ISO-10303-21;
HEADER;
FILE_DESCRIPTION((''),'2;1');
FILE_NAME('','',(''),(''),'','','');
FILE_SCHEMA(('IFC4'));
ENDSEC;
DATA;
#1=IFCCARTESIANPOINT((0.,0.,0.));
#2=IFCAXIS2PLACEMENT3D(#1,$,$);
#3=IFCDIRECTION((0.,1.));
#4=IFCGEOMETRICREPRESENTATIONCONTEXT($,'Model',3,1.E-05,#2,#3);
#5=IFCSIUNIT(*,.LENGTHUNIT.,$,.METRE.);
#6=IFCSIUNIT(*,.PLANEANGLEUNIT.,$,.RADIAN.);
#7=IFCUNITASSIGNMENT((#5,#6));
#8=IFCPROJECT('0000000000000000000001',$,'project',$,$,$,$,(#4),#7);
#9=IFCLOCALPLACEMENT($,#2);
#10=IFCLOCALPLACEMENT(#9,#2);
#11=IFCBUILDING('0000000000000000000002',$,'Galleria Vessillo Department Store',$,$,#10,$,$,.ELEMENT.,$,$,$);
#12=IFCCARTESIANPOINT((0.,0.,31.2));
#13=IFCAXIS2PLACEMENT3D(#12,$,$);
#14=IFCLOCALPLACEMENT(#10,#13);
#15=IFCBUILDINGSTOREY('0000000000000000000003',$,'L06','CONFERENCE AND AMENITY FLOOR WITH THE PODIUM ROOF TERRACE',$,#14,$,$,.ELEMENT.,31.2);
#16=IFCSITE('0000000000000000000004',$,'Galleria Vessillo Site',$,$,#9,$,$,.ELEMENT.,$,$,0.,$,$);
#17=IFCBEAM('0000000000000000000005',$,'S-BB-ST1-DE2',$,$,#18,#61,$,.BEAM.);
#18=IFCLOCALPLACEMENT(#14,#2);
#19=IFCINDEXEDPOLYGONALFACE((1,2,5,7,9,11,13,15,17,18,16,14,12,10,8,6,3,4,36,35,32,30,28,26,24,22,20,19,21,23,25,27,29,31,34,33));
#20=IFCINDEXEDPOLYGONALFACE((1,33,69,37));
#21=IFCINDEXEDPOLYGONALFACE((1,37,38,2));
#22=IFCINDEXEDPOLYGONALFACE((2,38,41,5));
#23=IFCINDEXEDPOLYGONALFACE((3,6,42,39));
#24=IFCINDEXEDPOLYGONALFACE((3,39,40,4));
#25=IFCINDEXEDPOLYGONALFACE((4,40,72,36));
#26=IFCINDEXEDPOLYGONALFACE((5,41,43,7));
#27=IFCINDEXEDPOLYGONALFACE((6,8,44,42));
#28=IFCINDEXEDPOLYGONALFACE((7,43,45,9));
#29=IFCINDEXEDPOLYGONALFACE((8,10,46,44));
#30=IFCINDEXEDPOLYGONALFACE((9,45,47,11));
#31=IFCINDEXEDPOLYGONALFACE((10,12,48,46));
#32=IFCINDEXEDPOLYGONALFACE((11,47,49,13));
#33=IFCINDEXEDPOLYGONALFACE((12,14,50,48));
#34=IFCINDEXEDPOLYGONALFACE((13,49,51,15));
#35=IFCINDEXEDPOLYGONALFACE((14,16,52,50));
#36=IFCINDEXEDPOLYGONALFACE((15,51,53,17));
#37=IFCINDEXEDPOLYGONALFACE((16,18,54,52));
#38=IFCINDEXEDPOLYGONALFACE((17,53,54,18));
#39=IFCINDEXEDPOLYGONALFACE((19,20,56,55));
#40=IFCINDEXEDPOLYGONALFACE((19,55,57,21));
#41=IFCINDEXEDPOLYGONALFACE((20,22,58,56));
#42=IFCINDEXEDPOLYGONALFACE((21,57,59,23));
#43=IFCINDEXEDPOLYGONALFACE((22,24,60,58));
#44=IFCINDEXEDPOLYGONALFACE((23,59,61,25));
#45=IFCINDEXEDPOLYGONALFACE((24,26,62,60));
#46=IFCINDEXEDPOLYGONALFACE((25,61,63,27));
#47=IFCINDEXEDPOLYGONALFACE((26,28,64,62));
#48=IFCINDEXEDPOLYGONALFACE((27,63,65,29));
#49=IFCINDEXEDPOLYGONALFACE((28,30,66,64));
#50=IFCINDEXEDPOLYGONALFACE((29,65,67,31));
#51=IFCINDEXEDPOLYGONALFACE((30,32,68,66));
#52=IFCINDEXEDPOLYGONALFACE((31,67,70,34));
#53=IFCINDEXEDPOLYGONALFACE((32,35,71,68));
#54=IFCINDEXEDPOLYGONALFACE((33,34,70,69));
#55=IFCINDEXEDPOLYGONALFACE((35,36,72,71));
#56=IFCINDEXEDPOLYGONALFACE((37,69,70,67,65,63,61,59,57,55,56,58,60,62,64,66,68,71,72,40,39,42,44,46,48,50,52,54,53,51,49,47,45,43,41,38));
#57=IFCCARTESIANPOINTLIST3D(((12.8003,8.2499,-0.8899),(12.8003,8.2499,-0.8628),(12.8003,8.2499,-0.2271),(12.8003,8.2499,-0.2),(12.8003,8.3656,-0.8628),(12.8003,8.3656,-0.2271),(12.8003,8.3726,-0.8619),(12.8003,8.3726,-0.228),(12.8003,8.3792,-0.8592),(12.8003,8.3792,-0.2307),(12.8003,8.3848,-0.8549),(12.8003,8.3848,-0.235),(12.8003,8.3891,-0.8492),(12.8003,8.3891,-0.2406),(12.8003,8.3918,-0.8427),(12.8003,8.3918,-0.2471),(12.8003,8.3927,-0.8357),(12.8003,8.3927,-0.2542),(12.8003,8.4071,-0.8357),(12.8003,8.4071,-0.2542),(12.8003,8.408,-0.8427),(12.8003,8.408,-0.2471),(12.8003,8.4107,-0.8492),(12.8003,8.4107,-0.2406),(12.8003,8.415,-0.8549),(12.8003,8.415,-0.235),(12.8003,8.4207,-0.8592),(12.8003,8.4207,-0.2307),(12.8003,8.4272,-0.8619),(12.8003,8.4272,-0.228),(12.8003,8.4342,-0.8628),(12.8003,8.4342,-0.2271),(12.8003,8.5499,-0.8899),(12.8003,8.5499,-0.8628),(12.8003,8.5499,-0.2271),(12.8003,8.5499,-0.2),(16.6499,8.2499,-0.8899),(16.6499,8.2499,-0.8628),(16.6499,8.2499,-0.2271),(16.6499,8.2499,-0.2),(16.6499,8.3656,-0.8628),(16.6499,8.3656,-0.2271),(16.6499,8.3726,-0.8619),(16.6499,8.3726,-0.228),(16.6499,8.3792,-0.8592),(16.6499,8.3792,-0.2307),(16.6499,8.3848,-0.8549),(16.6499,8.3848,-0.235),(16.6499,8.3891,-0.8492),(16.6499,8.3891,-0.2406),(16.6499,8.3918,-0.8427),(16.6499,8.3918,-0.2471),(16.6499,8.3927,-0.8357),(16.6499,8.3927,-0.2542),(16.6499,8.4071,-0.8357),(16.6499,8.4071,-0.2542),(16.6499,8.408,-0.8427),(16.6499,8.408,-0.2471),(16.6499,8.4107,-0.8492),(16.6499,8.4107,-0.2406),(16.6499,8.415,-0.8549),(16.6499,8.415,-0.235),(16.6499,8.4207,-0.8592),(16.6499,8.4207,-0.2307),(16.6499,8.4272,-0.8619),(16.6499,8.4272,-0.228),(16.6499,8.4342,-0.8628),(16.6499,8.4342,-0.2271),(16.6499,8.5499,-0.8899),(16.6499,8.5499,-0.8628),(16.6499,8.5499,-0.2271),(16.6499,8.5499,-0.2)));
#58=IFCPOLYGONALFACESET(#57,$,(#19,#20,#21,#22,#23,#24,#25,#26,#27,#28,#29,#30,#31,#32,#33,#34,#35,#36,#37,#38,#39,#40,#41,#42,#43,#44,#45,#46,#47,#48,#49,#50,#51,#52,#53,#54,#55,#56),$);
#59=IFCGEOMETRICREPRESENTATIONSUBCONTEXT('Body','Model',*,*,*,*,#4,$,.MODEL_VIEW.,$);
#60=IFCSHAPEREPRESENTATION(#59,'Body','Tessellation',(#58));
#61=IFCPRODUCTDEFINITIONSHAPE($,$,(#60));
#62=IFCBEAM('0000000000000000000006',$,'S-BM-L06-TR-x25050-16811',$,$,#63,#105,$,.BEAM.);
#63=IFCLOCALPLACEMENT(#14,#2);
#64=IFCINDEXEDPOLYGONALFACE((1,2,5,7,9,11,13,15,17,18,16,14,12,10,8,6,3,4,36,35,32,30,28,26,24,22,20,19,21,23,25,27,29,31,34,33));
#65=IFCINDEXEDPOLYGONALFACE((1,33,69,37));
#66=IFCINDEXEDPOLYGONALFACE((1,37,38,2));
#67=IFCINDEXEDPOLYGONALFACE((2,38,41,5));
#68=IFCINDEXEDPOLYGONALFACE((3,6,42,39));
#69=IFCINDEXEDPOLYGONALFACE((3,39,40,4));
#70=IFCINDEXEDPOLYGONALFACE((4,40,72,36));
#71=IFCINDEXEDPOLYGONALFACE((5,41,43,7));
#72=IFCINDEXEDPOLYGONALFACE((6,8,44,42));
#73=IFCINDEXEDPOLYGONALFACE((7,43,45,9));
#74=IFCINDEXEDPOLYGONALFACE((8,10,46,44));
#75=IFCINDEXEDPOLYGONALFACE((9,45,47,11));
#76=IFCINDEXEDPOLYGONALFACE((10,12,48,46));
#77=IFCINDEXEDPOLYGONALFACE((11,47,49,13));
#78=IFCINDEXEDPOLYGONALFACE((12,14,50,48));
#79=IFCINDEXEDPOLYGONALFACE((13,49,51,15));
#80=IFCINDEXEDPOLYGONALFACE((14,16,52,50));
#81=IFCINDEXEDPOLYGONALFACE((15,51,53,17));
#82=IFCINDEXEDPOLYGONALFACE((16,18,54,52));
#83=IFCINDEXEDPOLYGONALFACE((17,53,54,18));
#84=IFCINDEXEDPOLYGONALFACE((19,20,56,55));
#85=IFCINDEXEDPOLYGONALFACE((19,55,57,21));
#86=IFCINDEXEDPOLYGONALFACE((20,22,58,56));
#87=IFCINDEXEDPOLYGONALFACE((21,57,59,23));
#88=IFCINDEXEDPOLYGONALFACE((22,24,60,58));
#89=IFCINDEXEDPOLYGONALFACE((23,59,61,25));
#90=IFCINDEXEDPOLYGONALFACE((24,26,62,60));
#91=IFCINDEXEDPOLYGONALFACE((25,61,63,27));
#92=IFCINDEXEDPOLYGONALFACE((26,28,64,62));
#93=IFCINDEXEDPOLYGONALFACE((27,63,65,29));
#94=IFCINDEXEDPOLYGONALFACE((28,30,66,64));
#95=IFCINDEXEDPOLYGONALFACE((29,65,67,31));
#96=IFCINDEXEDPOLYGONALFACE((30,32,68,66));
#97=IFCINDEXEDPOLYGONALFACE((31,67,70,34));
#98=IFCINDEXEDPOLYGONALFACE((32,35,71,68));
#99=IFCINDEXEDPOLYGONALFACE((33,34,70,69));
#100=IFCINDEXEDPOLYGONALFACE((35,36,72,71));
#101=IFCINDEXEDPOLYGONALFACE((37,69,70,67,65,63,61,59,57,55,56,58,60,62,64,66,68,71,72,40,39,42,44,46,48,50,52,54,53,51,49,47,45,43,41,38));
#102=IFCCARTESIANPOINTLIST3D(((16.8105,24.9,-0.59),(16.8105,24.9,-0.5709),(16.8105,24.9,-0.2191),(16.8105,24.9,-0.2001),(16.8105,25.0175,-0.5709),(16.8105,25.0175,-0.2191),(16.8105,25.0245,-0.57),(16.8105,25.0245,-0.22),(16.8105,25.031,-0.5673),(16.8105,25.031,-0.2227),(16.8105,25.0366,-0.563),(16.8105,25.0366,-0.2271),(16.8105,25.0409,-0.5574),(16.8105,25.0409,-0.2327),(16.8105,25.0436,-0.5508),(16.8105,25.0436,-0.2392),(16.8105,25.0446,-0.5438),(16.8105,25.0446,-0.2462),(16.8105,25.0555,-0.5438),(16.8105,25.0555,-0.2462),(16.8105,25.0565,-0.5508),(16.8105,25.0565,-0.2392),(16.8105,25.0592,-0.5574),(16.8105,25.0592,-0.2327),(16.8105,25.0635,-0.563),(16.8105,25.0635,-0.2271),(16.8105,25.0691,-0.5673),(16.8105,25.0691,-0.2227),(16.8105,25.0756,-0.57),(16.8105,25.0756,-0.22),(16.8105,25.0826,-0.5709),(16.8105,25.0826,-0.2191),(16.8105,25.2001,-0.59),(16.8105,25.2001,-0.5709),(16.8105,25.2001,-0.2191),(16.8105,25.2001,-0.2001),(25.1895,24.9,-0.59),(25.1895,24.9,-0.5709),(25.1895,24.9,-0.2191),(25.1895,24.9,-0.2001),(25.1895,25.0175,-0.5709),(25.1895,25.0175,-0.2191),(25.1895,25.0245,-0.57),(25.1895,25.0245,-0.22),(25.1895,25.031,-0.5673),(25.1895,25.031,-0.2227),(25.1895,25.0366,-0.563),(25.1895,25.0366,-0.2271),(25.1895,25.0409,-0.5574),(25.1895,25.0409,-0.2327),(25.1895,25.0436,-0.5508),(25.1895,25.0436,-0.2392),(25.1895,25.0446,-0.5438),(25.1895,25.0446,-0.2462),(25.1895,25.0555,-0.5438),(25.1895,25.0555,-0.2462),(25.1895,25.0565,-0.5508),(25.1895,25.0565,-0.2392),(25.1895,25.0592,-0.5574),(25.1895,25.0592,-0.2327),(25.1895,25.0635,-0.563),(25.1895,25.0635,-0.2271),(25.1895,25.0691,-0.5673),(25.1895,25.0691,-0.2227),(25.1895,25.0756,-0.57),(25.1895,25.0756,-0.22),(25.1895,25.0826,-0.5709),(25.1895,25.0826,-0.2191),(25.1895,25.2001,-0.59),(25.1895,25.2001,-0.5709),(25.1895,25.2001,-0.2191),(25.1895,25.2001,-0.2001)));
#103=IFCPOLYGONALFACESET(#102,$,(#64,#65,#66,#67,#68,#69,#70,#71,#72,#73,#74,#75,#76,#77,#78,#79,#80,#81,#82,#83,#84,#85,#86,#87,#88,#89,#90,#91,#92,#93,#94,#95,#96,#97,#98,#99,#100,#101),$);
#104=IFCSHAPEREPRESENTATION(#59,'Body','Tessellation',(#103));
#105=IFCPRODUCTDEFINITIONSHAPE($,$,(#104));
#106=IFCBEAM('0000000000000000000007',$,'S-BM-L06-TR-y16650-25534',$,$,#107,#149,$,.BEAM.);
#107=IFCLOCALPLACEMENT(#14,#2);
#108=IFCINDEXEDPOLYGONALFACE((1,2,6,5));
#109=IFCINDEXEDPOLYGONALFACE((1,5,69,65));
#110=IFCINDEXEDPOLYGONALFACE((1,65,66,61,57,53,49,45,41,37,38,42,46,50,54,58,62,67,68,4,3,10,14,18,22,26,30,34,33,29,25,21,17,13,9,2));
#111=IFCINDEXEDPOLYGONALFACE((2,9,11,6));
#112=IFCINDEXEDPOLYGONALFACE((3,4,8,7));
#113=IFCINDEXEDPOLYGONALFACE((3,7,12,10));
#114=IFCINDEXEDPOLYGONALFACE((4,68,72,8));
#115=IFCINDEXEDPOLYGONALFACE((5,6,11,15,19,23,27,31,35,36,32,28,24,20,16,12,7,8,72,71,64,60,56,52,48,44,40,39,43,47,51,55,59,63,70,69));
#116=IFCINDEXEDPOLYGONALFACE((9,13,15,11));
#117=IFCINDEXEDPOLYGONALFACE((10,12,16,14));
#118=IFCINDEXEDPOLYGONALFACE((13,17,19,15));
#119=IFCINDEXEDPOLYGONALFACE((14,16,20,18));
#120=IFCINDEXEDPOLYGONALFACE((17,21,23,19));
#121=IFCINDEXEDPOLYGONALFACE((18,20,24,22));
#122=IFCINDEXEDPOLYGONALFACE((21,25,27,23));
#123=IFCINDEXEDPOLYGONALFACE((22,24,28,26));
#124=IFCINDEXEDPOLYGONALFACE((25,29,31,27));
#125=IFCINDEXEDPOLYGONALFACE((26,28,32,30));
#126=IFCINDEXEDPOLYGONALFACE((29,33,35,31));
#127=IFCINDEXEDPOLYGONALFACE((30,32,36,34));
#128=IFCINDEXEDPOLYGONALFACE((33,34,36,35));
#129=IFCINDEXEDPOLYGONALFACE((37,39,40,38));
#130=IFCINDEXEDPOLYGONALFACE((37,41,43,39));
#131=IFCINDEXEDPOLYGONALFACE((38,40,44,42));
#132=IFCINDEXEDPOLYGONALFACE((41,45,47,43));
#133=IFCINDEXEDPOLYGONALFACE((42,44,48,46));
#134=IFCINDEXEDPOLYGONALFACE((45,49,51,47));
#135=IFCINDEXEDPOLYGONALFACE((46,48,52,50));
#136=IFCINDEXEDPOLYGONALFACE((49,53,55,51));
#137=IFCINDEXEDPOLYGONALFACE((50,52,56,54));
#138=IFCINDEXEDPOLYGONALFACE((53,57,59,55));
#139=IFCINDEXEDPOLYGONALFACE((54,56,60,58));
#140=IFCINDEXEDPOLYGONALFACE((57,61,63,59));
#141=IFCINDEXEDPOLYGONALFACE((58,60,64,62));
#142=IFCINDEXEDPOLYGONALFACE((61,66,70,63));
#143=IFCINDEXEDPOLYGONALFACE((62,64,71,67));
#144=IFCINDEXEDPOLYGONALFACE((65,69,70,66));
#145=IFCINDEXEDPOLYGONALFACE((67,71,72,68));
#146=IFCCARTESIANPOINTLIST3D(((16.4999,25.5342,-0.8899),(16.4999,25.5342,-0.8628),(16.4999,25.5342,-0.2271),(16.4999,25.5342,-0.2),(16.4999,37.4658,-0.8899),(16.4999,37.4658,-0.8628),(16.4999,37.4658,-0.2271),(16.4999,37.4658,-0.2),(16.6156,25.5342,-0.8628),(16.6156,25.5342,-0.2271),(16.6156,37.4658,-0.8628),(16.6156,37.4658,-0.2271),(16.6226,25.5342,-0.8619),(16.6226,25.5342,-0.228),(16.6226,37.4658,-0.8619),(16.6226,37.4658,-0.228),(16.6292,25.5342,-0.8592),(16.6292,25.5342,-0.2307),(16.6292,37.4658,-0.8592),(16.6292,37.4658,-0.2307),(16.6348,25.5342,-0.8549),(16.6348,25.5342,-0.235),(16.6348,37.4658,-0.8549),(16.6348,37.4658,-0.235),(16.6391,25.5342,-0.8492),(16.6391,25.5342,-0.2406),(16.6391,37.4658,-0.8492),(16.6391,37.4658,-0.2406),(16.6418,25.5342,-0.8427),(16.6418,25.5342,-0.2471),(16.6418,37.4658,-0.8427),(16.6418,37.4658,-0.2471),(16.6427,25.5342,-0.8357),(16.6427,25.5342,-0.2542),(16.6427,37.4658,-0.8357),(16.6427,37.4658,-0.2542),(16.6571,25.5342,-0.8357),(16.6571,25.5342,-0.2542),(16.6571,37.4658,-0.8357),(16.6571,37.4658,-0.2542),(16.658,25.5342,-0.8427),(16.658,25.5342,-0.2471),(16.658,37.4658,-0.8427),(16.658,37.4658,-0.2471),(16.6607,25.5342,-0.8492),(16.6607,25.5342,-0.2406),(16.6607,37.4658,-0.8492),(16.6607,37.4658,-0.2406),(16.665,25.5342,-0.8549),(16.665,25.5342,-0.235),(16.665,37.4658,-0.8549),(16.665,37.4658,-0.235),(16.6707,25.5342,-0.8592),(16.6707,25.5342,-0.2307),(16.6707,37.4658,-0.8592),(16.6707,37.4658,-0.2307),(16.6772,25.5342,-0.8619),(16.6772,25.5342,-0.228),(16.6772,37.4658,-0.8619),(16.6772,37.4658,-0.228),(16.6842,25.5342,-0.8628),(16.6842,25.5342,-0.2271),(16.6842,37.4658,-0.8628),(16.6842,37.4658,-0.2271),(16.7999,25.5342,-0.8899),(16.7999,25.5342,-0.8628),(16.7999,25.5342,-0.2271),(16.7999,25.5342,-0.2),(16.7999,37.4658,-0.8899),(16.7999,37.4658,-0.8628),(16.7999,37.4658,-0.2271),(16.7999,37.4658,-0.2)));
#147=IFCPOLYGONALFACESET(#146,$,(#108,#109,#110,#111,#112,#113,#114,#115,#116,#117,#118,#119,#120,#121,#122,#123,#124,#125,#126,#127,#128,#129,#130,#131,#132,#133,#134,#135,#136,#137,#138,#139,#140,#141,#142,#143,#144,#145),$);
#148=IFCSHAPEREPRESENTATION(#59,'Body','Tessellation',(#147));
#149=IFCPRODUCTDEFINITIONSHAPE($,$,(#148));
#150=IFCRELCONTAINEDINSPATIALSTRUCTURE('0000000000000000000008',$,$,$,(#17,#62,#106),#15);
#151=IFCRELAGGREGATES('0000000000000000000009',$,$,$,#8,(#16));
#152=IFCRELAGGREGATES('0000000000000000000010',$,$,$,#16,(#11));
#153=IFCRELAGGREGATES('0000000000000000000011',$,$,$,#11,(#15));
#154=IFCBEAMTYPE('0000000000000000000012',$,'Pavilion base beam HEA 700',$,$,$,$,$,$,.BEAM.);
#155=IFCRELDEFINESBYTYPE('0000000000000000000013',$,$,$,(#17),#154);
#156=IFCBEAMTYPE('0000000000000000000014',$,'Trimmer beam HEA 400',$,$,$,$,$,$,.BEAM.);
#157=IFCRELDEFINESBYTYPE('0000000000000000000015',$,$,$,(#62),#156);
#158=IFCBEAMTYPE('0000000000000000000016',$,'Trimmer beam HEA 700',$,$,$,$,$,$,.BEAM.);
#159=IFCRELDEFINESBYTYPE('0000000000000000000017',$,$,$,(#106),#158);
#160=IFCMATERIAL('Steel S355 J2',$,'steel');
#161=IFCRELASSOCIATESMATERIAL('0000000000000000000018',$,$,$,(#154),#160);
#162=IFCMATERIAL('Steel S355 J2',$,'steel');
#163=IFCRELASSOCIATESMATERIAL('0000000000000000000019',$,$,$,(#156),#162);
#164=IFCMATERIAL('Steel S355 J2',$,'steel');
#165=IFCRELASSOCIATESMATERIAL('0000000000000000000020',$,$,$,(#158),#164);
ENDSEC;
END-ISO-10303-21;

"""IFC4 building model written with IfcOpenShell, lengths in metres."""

from ifc_helpers import new_model, si_unit, direction, frame, origin, origin_2d, place, context, subcontext, project, spatial, i_section, extrude, material, material_profile, profile_set, type_object, element, save


model = new_model("IFC4")

# Units and contexts
model_context = context("Model", 3, precision=1e-05, world=origin(), true_north=direction((0.0, 1.0)))
body_context = subcontext(model_context, "Body", "Model", "MODEL_VIEW")
ifc_project = project(units=[si_unit("LENGTHUNIT", "METRE"), si_unit("PLANEANGLEUNIT", "RADIAN")], contexts=[model_context])

# Site, building, storey
site_placement = place(None, origin())
site = spatial("IfcSite", under=ifc_project, at=site_placement, Name="Galleria Vessillo Site", CompositionType="ELEMENT", RefElevation=0.0)
building_placement = place(site_placement, origin())
building = spatial("IfcBuilding", under=site, at=building_placement, Name="Galleria Vessillo Department Store", CompositionType="ELEMENT")
storey_placement = place(building_placement, frame((0.0, 0.0, 31.2)))
storey = spatial("IfcBuildingStorey", under=building, at=storey_placement, Name="L06", Description="CONFERENCE AND AMENITY FLOOR WITH THE PODIUM ROOF TERRACE", CompositionType="ELEMENT", Elevation=31.2)

# Beams
ifc_material_1 = material(Name="Steel S355 J2", Category="steel")
ifc_material_profile_1 = material_profile(ifc_material_1, i_section(OverallWidth=0.3, OverallDepth=0.6899, WebThickness=0.0144, FlangeThickness=0.0271, FilletRadius=0.0271, at=origin_2d()), Name="HEA 700")
ifc_profile_set_1 = profile_set([ifc_material_profile_1], Name="Steel S355 J2")
beam_type_1 = type_object("IfcBeamType", Name="Pavilion base beam HEA 700", PredefinedType="BEAM", material=ifc_profile_set_1)
beam_1_placement = place(storey_placement, frame((12.8003, 8.3999, -0.5449), z_axis=(1.0, 0.0, 0.0), x_axis=(0.0, 1.0, 0.0)))
element("IfcBeam", 1, at=beam_1_placement, inside=storey, type_object=beam_type_1, Name="S-BB-ST1-DE2", PredefinedType="BEAM", context=body_context, shape_type="SweptSolid", body=[
    extrude(i_section(OverallWidth=0.3, OverallDepth=0.6899, WebThickness=0.0144, FlangeThickness=0.0271, FilletRadius=0.0271, at=origin_2d()), origin(), (0.0, 0.0, 1.0), 3.8496),
])
ifc_material_2 = material(Name="Steel S355 J2", Category="steel")
ifc_material_profile_2 = material_profile(ifc_material_2, i_section(OverallWidth=0.3, OverallDepth=0.3899, WebThickness=0.011, FlangeThickness=0.019, FilletRadius=0.0271, at=origin_2d()), Name="HEA 400")
ifc_profile_set_2 = profile_set([ifc_material_profile_2], Name="Steel S355 J2")
beam_type_2 = type_object("IfcBeamType", Name="Trimmer beam HEA 400", PredefinedType="BEAM", material=ifc_profile_set_2)
beam_2_placement = place(storey_placement, frame((16.8105, 25.05, -0.395), z_axis=(1.0, 0.0, 0.0), x_axis=(0.0, 1.0, 0.0)))
element("IfcBeam", 2, at=beam_2_placement, inside=storey, type_object=beam_type_2, Name="S-BM-L06-TR-x25050-16811", PredefinedType="BEAM", context=body_context, shape_type="SweptSolid", body=[
    extrude(i_section(OverallWidth=0.3, OverallDepth=0.3899, WebThickness=0.011, FlangeThickness=0.019, FilletRadius=0.0271, at=origin_2d()), origin(), (0.0, 0.0, 1.0), 8.3789),
])
ifc_material_3 = material(Name="Steel S355 J2", Category="steel")
ifc_material_profile_3 = material_profile(ifc_material_3, i_section(OverallWidth=0.3, OverallDepth=0.6899, WebThickness=0.0144, FlangeThickness=0.0271, FilletRadius=0.0271, at=origin_2d()), Name="HEA 700")
ifc_profile_set_3 = profile_set([ifc_material_profile_3], Name="Steel S355 J2")
beam_type_3 = type_object("IfcBeamType", Name="Trimmer beam HEA 700", PredefinedType="BEAM", material=ifc_profile_set_3)
beam_3_placement = place(storey_placement, frame((16.6499, 25.5342, -0.5449), z_axis=(0.0, 1.0, 0.0), x_axis=(-1.0, 0.0, 0.0)))
element("IfcBeam", 3, at=beam_3_placement, inside=storey, type_object=beam_type_3, Name="S-BM-L06-TR-y16650-25534", PredefinedType="BEAM", context=body_context, shape_type="SweptSolid", body=[
    extrude(i_section(OverallWidth=0.3, OverallDepth=0.6899, WebThickness=0.0144, FlangeThickness=0.0271, FilletRadius=0.0271, at=origin_2d()), origin(), (0.0, 0.0, 1.0), 11.9316),
])

save(model, "model.ifc")
